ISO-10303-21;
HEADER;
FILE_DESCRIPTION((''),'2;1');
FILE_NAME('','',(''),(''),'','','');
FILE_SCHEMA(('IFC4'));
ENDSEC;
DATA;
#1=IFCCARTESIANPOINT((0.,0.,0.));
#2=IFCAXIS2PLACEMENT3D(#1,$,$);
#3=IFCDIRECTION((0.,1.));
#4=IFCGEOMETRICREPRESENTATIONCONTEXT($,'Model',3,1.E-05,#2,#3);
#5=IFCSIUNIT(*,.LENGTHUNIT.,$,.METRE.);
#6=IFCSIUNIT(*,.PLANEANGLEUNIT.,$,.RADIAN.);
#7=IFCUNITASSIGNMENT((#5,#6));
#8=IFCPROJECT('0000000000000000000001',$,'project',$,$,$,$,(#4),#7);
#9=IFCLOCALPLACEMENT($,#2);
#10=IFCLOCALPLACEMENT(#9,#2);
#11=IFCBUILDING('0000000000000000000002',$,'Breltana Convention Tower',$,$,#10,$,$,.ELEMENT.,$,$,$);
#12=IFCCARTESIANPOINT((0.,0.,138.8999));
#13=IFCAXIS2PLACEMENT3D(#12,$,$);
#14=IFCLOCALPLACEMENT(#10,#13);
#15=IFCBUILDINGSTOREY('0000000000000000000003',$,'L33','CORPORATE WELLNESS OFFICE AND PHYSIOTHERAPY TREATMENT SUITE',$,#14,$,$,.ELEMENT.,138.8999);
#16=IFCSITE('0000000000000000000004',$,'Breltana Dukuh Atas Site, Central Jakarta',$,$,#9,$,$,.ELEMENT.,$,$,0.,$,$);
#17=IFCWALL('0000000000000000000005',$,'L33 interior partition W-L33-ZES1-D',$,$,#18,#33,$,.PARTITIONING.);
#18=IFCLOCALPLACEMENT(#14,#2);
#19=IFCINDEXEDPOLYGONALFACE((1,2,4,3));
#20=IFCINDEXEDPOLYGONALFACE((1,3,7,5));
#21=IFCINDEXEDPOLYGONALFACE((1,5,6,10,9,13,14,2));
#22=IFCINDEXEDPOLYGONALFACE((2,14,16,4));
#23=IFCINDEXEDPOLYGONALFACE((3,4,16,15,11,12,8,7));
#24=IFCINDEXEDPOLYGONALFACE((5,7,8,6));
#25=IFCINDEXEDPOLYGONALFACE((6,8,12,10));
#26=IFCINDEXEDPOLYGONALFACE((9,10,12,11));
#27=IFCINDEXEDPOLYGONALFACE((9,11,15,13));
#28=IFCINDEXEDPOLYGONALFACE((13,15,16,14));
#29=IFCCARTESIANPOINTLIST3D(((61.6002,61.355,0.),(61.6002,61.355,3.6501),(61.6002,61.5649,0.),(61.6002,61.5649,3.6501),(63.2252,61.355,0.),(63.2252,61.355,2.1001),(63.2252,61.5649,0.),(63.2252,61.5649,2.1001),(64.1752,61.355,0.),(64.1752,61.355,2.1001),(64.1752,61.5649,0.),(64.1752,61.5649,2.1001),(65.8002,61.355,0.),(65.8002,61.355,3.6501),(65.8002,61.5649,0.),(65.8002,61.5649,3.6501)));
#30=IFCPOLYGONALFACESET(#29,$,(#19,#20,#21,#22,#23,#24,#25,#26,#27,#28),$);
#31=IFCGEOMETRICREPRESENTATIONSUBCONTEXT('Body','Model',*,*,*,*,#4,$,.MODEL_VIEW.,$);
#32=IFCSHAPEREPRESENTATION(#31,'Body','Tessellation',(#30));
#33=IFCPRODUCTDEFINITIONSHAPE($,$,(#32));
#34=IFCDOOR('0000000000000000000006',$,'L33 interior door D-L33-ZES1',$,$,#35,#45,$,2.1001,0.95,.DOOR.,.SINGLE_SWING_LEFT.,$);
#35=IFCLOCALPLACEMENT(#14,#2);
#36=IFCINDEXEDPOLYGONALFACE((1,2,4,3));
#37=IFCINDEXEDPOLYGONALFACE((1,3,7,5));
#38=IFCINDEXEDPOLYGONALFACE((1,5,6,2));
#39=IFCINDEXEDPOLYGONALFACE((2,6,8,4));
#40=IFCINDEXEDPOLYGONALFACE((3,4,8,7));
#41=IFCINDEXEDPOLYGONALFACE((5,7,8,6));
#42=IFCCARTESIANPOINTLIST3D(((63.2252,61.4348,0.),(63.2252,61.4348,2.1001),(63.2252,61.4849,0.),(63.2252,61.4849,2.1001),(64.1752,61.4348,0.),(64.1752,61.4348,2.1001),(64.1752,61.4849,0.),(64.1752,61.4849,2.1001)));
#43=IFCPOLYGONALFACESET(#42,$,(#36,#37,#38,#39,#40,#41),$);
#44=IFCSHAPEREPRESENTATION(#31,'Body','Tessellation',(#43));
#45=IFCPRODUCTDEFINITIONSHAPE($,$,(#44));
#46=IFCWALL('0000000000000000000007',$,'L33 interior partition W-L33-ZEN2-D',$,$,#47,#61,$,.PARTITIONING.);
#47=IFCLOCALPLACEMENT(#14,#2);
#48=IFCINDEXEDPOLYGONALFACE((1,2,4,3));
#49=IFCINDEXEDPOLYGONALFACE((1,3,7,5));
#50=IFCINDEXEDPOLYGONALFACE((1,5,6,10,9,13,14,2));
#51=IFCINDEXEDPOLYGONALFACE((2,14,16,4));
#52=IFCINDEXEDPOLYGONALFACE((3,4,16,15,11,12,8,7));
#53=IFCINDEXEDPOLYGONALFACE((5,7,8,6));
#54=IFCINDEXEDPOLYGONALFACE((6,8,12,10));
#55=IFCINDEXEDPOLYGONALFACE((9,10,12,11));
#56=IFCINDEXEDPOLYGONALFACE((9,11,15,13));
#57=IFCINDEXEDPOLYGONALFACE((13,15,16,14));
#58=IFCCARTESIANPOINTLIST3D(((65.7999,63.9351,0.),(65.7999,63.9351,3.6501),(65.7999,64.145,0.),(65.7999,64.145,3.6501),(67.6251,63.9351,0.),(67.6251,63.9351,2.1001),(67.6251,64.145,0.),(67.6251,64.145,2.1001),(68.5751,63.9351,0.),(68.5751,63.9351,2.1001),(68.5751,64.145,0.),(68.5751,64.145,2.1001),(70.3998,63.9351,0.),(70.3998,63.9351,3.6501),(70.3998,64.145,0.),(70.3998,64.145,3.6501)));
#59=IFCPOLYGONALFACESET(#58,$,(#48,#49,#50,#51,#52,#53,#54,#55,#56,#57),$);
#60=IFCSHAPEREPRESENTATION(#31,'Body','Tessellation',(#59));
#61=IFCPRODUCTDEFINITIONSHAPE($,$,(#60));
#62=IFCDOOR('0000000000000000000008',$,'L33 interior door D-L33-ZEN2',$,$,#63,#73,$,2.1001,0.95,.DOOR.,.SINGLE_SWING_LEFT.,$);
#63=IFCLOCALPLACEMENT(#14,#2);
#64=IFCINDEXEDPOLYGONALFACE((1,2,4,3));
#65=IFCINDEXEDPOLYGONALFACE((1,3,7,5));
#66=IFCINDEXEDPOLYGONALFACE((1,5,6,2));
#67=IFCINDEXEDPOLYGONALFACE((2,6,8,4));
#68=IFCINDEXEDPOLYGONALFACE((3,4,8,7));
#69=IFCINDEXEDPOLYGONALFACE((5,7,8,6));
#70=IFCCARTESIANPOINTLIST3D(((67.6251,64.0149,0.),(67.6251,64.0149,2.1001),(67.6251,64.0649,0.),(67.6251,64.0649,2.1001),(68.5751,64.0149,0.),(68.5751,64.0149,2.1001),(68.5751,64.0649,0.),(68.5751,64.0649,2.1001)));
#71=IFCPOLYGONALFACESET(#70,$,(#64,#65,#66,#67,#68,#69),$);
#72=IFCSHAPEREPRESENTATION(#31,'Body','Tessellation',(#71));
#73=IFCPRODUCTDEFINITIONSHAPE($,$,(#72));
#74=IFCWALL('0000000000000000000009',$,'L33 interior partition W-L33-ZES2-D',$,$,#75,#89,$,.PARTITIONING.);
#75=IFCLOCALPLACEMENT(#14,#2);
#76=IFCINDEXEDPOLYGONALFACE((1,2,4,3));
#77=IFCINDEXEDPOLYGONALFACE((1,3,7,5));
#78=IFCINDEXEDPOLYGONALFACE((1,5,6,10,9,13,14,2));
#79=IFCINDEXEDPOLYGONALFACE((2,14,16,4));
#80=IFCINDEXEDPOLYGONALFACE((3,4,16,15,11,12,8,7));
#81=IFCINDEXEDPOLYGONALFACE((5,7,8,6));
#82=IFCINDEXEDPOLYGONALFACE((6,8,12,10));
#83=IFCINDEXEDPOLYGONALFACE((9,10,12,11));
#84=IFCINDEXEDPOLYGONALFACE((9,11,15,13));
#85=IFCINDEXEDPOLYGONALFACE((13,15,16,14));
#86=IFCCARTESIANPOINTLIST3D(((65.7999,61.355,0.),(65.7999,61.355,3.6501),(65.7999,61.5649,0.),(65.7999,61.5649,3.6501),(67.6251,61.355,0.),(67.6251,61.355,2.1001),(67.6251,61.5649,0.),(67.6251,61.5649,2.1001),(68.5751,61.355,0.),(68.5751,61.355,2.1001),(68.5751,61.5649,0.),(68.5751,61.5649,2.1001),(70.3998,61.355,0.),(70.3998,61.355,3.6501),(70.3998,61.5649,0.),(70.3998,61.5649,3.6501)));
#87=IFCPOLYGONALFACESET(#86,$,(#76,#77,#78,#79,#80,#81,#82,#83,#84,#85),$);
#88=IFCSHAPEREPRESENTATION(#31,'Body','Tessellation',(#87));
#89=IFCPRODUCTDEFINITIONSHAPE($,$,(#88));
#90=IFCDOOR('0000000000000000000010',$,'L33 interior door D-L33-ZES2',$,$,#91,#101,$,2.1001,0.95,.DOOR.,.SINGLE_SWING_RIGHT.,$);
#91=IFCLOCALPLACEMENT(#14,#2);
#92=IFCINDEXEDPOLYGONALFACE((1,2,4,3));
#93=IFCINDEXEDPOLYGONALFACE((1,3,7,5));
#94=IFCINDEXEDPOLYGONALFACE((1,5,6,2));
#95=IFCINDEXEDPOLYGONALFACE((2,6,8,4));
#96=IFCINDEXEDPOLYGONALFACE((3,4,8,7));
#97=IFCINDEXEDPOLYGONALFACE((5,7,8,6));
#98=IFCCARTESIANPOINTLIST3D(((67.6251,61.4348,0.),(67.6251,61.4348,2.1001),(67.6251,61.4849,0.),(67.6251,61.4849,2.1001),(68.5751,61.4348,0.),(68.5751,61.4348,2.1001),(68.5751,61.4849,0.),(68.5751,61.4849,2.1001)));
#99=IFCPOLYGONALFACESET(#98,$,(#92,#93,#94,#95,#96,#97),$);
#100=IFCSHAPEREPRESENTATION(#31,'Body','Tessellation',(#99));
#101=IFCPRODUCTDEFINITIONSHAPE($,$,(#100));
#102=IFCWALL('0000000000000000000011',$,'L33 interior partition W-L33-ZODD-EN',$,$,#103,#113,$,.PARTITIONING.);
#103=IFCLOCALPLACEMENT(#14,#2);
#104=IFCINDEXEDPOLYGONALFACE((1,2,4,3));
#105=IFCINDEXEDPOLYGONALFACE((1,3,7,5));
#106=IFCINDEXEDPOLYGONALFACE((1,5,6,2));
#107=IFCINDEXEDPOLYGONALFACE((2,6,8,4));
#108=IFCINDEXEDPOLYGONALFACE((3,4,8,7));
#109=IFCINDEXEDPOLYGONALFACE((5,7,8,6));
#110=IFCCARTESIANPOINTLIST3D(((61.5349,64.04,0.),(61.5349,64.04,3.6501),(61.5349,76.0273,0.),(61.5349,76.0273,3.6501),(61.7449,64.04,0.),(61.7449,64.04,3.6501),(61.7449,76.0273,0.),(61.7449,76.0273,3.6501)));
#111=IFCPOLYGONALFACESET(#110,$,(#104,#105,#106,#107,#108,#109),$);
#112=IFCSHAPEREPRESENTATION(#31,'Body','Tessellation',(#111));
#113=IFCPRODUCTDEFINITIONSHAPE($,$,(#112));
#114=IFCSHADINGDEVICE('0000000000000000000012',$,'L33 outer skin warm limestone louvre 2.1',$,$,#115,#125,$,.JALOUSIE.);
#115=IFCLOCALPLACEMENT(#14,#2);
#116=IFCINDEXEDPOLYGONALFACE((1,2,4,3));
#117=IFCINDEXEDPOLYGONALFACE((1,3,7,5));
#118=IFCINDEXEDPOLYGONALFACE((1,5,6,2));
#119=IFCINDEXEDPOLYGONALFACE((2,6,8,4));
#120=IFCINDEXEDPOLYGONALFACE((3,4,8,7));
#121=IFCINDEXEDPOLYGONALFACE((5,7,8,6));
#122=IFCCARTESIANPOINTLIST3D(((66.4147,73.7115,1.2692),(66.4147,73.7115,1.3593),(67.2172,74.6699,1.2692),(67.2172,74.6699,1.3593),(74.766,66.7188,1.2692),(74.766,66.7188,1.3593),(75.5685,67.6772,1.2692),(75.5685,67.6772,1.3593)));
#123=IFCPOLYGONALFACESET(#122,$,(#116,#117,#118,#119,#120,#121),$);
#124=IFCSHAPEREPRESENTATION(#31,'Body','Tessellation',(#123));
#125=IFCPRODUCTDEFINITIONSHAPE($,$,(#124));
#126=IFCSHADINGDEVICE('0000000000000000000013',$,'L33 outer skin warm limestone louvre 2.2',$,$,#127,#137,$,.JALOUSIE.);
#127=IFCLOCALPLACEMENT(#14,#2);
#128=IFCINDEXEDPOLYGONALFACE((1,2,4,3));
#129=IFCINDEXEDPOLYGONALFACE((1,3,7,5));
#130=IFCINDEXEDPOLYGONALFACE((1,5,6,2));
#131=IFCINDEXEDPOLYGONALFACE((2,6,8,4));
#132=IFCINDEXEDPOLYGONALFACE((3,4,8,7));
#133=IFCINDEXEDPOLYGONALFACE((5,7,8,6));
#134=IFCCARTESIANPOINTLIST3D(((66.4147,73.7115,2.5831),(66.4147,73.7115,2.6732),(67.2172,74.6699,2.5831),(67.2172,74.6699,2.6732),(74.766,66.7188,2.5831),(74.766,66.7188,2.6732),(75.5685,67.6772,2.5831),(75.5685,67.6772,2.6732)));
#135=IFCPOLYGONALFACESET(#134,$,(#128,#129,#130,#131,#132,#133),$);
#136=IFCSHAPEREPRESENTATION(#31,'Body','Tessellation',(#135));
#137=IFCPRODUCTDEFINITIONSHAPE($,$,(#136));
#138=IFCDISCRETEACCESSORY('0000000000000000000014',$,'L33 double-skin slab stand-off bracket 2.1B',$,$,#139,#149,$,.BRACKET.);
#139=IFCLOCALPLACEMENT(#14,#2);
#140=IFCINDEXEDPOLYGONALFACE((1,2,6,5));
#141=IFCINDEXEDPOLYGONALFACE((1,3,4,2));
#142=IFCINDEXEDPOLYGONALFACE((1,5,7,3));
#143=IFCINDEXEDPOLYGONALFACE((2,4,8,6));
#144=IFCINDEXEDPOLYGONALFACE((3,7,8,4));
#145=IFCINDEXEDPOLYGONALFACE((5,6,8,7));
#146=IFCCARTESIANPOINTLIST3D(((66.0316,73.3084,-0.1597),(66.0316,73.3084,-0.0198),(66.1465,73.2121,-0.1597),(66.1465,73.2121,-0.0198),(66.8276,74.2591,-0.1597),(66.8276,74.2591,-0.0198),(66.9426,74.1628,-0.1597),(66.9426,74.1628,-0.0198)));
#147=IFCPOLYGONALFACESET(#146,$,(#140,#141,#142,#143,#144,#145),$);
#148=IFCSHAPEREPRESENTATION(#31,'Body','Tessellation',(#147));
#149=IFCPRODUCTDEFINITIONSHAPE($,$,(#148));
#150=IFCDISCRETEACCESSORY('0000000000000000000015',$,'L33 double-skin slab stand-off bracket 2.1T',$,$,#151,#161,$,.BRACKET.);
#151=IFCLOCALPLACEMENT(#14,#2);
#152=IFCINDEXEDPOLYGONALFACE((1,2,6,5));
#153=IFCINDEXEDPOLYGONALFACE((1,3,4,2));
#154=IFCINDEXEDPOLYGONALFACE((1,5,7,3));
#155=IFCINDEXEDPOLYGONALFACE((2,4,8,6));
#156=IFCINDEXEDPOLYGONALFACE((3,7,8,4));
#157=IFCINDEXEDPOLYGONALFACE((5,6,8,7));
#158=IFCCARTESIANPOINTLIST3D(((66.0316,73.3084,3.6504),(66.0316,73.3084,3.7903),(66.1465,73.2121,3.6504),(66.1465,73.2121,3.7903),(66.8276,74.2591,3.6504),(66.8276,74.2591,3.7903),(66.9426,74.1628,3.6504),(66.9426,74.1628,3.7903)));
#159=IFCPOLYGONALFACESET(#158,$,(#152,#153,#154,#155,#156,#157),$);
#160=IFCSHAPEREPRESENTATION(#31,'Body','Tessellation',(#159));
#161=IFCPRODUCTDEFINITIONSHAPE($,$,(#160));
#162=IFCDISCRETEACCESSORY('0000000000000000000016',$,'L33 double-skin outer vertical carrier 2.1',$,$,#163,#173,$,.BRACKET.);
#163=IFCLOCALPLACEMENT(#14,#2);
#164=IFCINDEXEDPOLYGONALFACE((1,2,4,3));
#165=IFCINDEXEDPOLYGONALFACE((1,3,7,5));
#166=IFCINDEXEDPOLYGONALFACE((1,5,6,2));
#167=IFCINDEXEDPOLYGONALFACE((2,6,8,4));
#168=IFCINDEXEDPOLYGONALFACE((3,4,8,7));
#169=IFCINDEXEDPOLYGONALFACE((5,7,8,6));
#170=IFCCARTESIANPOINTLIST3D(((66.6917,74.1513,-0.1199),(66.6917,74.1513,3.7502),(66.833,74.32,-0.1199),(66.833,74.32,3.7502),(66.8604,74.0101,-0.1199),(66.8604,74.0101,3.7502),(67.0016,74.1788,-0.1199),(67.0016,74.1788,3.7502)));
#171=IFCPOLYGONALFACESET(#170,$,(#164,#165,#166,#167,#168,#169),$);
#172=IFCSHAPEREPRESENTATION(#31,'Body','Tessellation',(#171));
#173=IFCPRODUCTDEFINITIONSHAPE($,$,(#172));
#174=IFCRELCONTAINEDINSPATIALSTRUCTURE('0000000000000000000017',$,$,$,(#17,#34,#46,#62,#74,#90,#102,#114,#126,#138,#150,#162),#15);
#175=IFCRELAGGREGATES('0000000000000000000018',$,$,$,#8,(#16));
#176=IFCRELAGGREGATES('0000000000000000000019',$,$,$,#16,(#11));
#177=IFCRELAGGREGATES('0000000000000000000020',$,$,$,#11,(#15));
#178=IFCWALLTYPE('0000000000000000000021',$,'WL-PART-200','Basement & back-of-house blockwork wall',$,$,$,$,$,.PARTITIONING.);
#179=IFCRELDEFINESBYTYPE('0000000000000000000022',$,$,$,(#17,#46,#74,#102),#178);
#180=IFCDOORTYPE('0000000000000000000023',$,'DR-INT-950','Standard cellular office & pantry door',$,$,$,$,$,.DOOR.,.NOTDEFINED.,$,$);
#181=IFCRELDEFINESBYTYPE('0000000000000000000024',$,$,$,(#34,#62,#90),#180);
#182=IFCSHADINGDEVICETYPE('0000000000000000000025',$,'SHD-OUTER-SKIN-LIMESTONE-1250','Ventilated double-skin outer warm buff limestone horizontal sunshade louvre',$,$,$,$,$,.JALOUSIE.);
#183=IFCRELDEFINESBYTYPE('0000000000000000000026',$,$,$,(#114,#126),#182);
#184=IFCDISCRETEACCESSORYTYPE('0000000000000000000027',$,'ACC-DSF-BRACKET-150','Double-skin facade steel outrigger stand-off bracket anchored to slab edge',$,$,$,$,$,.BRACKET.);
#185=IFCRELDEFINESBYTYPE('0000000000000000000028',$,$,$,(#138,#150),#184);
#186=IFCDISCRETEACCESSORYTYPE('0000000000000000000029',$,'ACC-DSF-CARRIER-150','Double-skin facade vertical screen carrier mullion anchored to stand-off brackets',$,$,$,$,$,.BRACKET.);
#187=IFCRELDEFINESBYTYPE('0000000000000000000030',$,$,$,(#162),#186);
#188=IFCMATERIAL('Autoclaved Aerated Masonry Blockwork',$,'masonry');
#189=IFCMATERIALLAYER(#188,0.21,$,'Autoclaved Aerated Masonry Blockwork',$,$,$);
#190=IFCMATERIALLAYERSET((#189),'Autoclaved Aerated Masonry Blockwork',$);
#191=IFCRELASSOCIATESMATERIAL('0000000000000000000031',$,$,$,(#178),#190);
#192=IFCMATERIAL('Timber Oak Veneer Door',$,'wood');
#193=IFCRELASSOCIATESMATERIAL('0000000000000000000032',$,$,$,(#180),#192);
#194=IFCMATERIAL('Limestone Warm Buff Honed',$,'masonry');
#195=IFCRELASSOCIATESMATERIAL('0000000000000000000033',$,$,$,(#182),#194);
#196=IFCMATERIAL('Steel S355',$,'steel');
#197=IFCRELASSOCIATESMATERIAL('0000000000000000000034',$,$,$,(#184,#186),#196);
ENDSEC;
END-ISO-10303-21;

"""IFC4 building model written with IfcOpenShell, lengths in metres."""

from ifc_helpers import new_model, si_unit, direction, frame, frame_2d, origin, origin_2d, place, context, subcontext, project, spatial, rectangle, extrude, source, transform, mapped, material, layer, layer_set, material_profile, profile_set, type_object, type_shapes, element, fill, save


model = new_model("IFC4")

# Units and contexts
model_context = context("Model", 3, precision=1e-05, world=origin(), true_north=direction((0.0, 1.0)))
body_context = subcontext(model_context, "Body", "Model", "MODEL_VIEW")
ifc_project = project(units=[si_unit("LENGTHUNIT", "METRE"), si_unit("PLANEANGLEUNIT", "RADIAN")], contexts=[model_context])

# Site, building, storey
site_placement = place(None, origin())
site = spatial("IfcSite", under=ifc_project, at=site_placement, Name="Breltana Dukuh Atas Site, Central Jakarta", CompositionType="ELEMENT", RefElevation=0.0)
building_placement = place(site_placement, origin())
building = spatial("IfcBuilding", under=site, at=building_placement, Name="Breltana Convention Tower", CompositionType="ELEMENT")
storey_placement = place(building_placement, frame((0.0, 0.0, 138.8999)))
storey = spatial("IfcBuildingStorey", under=building, at=storey_placement, Name="L33", Description="CORPORATE WELLNESS OFFICE AND PHYSIOTHERAPY TREATMENT SUITE", CompositionType="ELEMENT", Elevation=138.8999)

# Shared definitions
ifc_material_1 = material(Name="Autoclaved Aerated Masonry Blockwork", Category="masonry")
ifc_layer_1 = layer(ifc_material_1, 0.21, Name="Autoclaved Aerated Masonry Blockwork")
ifc_layer_set_1 = layer_set([ifc_layer_1], Name="Autoclaved Aerated Masonry Blockwork")
wall_type_1 = type_object("IfcWallType", Name="WL-PART-200", Description="Basement & back-of-house blockwork wall", PredefinedType="PARTITIONING", material=ifc_layer_set_1)

# Walls, openings, doors
shared_shape_1 = source(origin(), body_context, "Body", "SweptSolid", [
    extrude(rectangle(XDim=4.2, YDim=0.21, at=frame_2d((2.1001, 0.0))), origin(), (0.0, 0.0, 1.0), 3.6501),
])
ifc_material_2 = material(Name="Timber Oak Veneer Door", Category="wood")
door_type = type_object("IfcDoorType", Name="DR-INT-950", Description="Standard cellular office & pantry door", OperationType="NOTDEFINED", PredefinedType="DOOR", material=ifc_material_2)
shared_shape_2 = source(origin(), body_context, "Body", "SweptSolid", [
    extrude(rectangle(XDim=0.95, YDim=2.1001, at=frame_2d((0.4751, 1.05))), frame((0.0, 0.0249, 0.0), z_axis=(0.0, -1.0, 0.0), x_axis=(1.0, 0.0, 0.0)), (0.0, 0.0, 1.0), 0.05),
])
type_shapes(door_type, [shared_shape_2])
wall_1_placement = place(storey_placement, frame((61.6001, 61.46, 0.0), z_axis=(0.0, 0.0, 1.0), x_axis=(1.0, 0.0, 0.0)))
wall_1 = element("IfcWall", 1, at=wall_1_placement, inside=storey, type_object=wall_type_1, Name="L33 interior partition W-L33-ZES1-D", PredefinedType="PARTITIONING", context=body_context, shape_type="MappedRepresentation", body=[
    mapped(shared_shape_1, transform((0.0, 0.0, 0.0), scale=1.0)),
])
opening_1_placement = place(wall_1_placement, frame((1.625, 0.0, 0.0)))
opening_1 = element("IfcOpeningElement", 2, at=opening_1_placement, cuts=wall_1, PredefinedType="OPENING", context=body_context, shape_type="SweptSolid", body=[
    extrude(rectangle(XDim=0.95, YDim=2.1001, at=frame_2d((0.4751, 1.05))), frame((0.0, 0.115, 0.0), z_axis=(0.0, -1.0, 0.0), x_axis=(1.0, 0.0, 0.0)), (0.0, 0.0, 1.0), 0.23),
])
door_1_placement = place(opening_1_placement, origin())
door_1 = element("IfcDoor", 3, at=door_1_placement, inside=storey, type_object=door_type, Name="L33 interior door D-L33-ZES1", OperationType="SINGLE_SWING_LEFT", OverallHeight=2.1001, OverallWidth=0.95, PredefinedType="DOOR", context=body_context, shape_type="MappedRepresentation", body=[
    mapped(shared_shape_2, transform((0.0, 0.0, 0.0), scale=1.0)),
])
fill(opening_1, door_1)
shared_shape_3 = source(origin(), body_context, "Body", "SweptSolid", [
    extrude(rectangle(XDim=4.5999, YDim=0.21, at=frame_2d((2.2998, 0.0))), origin(), (0.0, 0.0, 1.0), 3.6501),
])
wall_2_placement = place(storey_placement, frame((65.8, 64.04, 0.0), z_axis=(0.0, 0.0, 1.0), x_axis=(1.0, 0.0, 0.0)))
wall_2 = element("IfcWall", 4, at=wall_2_placement, inside=storey, type_object=wall_type_1, Name="L33 interior partition W-L33-ZEN2-D", PredefinedType="PARTITIONING", context=body_context, shape_type="MappedRepresentation", body=[
    mapped(shared_shape_3, transform((0.0, 0.0, 0.0), scale=1.0)),
])
opening_2_placement = place(wall_2_placement, frame((1.825, 0.0, 0.0)))
opening_2 = element("IfcOpeningElement", 5, at=opening_2_placement, cuts=wall_2, PredefinedType="OPENING", context=body_context, shape_type="SweptSolid", body=[
    extrude(rectangle(XDim=0.95, YDim=2.1001, at=frame_2d((0.4751, 1.05))), frame((0.0, 0.115, 0.0), z_axis=(0.0, -1.0, 0.0), x_axis=(1.0, 0.0, 0.0)), (0.0, 0.0, 1.0), 0.23),
])
door_2_placement = place(opening_2_placement, origin())
door_2 = element("IfcDoor", 6, at=door_2_placement, inside=storey, type_object=door_type, Name="L33 interior door D-L33-ZEN2", OperationType="SINGLE_SWING_LEFT", OverallHeight=2.1001, OverallWidth=0.95, PredefinedType="DOOR", context=body_context, shape_type="MappedRepresentation", body=[
    mapped(shared_shape_2, transform((0.0, 0.0, 0.0), scale=1.0)),
])
fill(opening_2, door_2)
wall_3_placement = place(storey_placement, frame((65.8, 61.46, 0.0), z_axis=(0.0, 0.0, 1.0), x_axis=(1.0, 0.0, 0.0)))
wall_3 = element("IfcWall", 7, at=wall_3_placement, inside=storey, type_object=wall_type_1, Name="L33 interior partition W-L33-ZES2-D", PredefinedType="PARTITIONING", context=body_context, shape_type="MappedRepresentation", body=[
    mapped(shared_shape_3, transform((0.0, 0.0, 0.0), scale=1.0)),
])
opening_3_placement = place(wall_3_placement, frame((1.825, 0.0, 0.0)))
opening_3 = element("IfcOpeningElement", 8, at=opening_3_placement, cuts=wall_3, PredefinedType="OPENING", context=body_context, shape_type="SweptSolid", body=[
    extrude(rectangle(XDim=0.95, YDim=2.1001, at=frame_2d((0.4751, 1.05))), frame((0.0, 0.115, 0.0), z_axis=(0.0, -1.0, 0.0), x_axis=(1.0, 0.0, 0.0)), (0.0, 0.0, 1.0), 0.23),
])
door_3_placement = place(opening_3_placement, origin())
door_3 = element("IfcDoor", 9, at=door_3_placement, inside=storey, type_object=door_type, Name="L33 interior door D-L33-ZES2", OperationType="SINGLE_SWING_RIGHT", OverallHeight=2.1001, OverallWidth=0.95, PredefinedType="DOOR", context=body_context, shape_type="MappedRepresentation", body=[
    mapped(shared_shape_2, transform((0.0, 0.0, 0.0), scale=1.0)),
])
fill(opening_3, door_3)

# Wall
shared_shape_4 = source(origin(), body_context, "Body", "SweptSolid", [
    extrude(rectangle(XDim=11.9873, YDim=0.21, at=frame_2d((5.9937, 0.0))), origin(), (0.0, 0.0, 1.0), 3.6501),
])
wall_4_placement = place(storey_placement, frame((61.6399, 64.04, 0.0), z_axis=(0.0, 0.0, 1.0), x_axis=(0.0, 1.0, 0.0)))
element("IfcWall", 10, at=wall_4_placement, inside=storey, type_object=wall_type_1, Name="L33 interior partition W-L33-ZODD-EN", PredefinedType="PARTITIONING", context=body_context, shape_type="MappedRepresentation", body=[
    mapped(shared_shape_4, transform((0.0, 0.0, 0.0), scale=1.0)),
])

# Shading devices
ifc_material_3 = material(Name="Limestone Warm Buff Honed", Category="masonry")
ifc_material_profile_1 = material_profile(ifc_material_3, rectangle(XDim=1.25, YDim=0.0901, at=origin_2d()), Name="STN-LVR-1250X90")
ifc_profile_set_1 = profile_set([ifc_material_profile_1], Name="Limestone Warm Buff Honed")
shading_device_type = type_object("IfcShadingDeviceType", Name="SHD-OUTER-SKIN-LIMESTONE-1250", Description="Ventilated double-skin outer warm buff limestone horizontal sunshade louvre", PredefinedType="JALOUSIE", material=ifc_profile_set_1)
shared_shape_5 = source(origin(), body_context, "Body", "SweptSolid", [
    extrude(rectangle(XDim=1.25, YDim=0.0901, at=origin_2d()), origin(), (0.0, 0.0, 1.0), 10.8923),
])
for number, where, z_axis, x_axis, name in (
    (11, (66.8159, 74.1907, 1.3142), (0.766718, -0.641984, 0.0), (0.641984, 0.766718, 0.0), "L33 outer skin warm limestone louvre 2.1"),
    (12, (66.8159, 74.1907, 2.6282), (0.766718, -0.641984, 0.0), (0.641984, 0.766718, 0.0), "L33 outer skin warm limestone louvre 2.2"),
):
    element("IfcShadingDevice", number, at=place(storey_placement, frame(where, z_axis=z_axis, x_axis=x_axis)), inside=storey, type_object=shading_device_type, Name=name, PredefinedType="JALOUSIE", context=body_context, shape_type="MappedRepresentation", body=[
        mapped(shared_shape_5, transform((0.0, 0.0, 0.0), scale=1.0)),
    ])

# Discrete accessories
ifc_material_4 = material(Name="Steel S355", Category="steel")
discrete_accessory_type_1 = type_object("IfcDiscreteAccessoryType", Name="ACC-DSF-BRACKET-150", Description="Double-skin facade steel outrigger stand-off bracket anchored to slab edge", PredefinedType="BRACKET", material=ifc_material_4)
shared_shape_6 = source(origin(), body_context, "Body", "SweptSolid", [
    extrude(rectangle(XDim=1.24, YDim=0.1499, at=origin_2d()), origin(), (0.0, 0.0, 1.0), 0.1399),
])
type_shapes(discrete_accessory_type_1, [shared_shape_6])
for number, where, z_axis, x_axis, name in (
    (13, (66.4871, 73.7356, -0.1597), (0.0, 0.0, 1.0), (0.641987, 0.766715, 0.0), "L33 double-skin slab stand-off bracket 2.1B"),
    (14, (66.4871, 73.7356, 3.6504), (0.0, 0.0, 1.0), (0.641987, 0.766715, 0.0), "L33 double-skin slab stand-off bracket 2.1T"),
):
    element("IfcDiscreteAccessory", number, at=place(storey_placement, frame(where, z_axis=z_axis, x_axis=x_axis)), inside=storey, type_object=discrete_accessory_type_1, Name=name, PredefinedType="BRACKET", context=body_context, shape_type="MappedRepresentation", body=[
        mapped(shared_shape_6, transform((0.0, 0.0, 0.0), scale=1.0)),
    ])
discrete_accessory_type_2 = type_object("IfcDiscreteAccessoryType", Name="ACC-DSF-CARRIER-150", Description="Double-skin facade vertical screen carrier mullion anchored to stand-off brackets", PredefinedType="BRACKET", material=ifc_material_4)
shared_shape_7 = source(origin(), body_context, "Body", "SweptSolid", [
    extrude(rectangle(XDim=0.22, YDim=0.22, at=origin_2d()), origin(), (0.0, 0.0, 1.0), 3.8701),
])
discrete_accessory_placement = place(storey_placement, frame((66.8467, 74.165, -0.1199), z_axis=(0.0, 0.0, 1.0), x_axis=(0.641987, 0.766715, 0.0)))
element("IfcDiscreteAccessory", 15, at=discrete_accessory_placement, inside=storey, type_object=discrete_accessory_type_2, Name="L33 double-skin outer vertical carrier 2.1", PredefinedType="BRACKET", context=body_context, shape_type="MappedRepresentation", body=[
    mapped(shared_shape_7, transform((0.0, 0.0, 0.0), scale=1.0)),
])

save(model, "model.ifc")
